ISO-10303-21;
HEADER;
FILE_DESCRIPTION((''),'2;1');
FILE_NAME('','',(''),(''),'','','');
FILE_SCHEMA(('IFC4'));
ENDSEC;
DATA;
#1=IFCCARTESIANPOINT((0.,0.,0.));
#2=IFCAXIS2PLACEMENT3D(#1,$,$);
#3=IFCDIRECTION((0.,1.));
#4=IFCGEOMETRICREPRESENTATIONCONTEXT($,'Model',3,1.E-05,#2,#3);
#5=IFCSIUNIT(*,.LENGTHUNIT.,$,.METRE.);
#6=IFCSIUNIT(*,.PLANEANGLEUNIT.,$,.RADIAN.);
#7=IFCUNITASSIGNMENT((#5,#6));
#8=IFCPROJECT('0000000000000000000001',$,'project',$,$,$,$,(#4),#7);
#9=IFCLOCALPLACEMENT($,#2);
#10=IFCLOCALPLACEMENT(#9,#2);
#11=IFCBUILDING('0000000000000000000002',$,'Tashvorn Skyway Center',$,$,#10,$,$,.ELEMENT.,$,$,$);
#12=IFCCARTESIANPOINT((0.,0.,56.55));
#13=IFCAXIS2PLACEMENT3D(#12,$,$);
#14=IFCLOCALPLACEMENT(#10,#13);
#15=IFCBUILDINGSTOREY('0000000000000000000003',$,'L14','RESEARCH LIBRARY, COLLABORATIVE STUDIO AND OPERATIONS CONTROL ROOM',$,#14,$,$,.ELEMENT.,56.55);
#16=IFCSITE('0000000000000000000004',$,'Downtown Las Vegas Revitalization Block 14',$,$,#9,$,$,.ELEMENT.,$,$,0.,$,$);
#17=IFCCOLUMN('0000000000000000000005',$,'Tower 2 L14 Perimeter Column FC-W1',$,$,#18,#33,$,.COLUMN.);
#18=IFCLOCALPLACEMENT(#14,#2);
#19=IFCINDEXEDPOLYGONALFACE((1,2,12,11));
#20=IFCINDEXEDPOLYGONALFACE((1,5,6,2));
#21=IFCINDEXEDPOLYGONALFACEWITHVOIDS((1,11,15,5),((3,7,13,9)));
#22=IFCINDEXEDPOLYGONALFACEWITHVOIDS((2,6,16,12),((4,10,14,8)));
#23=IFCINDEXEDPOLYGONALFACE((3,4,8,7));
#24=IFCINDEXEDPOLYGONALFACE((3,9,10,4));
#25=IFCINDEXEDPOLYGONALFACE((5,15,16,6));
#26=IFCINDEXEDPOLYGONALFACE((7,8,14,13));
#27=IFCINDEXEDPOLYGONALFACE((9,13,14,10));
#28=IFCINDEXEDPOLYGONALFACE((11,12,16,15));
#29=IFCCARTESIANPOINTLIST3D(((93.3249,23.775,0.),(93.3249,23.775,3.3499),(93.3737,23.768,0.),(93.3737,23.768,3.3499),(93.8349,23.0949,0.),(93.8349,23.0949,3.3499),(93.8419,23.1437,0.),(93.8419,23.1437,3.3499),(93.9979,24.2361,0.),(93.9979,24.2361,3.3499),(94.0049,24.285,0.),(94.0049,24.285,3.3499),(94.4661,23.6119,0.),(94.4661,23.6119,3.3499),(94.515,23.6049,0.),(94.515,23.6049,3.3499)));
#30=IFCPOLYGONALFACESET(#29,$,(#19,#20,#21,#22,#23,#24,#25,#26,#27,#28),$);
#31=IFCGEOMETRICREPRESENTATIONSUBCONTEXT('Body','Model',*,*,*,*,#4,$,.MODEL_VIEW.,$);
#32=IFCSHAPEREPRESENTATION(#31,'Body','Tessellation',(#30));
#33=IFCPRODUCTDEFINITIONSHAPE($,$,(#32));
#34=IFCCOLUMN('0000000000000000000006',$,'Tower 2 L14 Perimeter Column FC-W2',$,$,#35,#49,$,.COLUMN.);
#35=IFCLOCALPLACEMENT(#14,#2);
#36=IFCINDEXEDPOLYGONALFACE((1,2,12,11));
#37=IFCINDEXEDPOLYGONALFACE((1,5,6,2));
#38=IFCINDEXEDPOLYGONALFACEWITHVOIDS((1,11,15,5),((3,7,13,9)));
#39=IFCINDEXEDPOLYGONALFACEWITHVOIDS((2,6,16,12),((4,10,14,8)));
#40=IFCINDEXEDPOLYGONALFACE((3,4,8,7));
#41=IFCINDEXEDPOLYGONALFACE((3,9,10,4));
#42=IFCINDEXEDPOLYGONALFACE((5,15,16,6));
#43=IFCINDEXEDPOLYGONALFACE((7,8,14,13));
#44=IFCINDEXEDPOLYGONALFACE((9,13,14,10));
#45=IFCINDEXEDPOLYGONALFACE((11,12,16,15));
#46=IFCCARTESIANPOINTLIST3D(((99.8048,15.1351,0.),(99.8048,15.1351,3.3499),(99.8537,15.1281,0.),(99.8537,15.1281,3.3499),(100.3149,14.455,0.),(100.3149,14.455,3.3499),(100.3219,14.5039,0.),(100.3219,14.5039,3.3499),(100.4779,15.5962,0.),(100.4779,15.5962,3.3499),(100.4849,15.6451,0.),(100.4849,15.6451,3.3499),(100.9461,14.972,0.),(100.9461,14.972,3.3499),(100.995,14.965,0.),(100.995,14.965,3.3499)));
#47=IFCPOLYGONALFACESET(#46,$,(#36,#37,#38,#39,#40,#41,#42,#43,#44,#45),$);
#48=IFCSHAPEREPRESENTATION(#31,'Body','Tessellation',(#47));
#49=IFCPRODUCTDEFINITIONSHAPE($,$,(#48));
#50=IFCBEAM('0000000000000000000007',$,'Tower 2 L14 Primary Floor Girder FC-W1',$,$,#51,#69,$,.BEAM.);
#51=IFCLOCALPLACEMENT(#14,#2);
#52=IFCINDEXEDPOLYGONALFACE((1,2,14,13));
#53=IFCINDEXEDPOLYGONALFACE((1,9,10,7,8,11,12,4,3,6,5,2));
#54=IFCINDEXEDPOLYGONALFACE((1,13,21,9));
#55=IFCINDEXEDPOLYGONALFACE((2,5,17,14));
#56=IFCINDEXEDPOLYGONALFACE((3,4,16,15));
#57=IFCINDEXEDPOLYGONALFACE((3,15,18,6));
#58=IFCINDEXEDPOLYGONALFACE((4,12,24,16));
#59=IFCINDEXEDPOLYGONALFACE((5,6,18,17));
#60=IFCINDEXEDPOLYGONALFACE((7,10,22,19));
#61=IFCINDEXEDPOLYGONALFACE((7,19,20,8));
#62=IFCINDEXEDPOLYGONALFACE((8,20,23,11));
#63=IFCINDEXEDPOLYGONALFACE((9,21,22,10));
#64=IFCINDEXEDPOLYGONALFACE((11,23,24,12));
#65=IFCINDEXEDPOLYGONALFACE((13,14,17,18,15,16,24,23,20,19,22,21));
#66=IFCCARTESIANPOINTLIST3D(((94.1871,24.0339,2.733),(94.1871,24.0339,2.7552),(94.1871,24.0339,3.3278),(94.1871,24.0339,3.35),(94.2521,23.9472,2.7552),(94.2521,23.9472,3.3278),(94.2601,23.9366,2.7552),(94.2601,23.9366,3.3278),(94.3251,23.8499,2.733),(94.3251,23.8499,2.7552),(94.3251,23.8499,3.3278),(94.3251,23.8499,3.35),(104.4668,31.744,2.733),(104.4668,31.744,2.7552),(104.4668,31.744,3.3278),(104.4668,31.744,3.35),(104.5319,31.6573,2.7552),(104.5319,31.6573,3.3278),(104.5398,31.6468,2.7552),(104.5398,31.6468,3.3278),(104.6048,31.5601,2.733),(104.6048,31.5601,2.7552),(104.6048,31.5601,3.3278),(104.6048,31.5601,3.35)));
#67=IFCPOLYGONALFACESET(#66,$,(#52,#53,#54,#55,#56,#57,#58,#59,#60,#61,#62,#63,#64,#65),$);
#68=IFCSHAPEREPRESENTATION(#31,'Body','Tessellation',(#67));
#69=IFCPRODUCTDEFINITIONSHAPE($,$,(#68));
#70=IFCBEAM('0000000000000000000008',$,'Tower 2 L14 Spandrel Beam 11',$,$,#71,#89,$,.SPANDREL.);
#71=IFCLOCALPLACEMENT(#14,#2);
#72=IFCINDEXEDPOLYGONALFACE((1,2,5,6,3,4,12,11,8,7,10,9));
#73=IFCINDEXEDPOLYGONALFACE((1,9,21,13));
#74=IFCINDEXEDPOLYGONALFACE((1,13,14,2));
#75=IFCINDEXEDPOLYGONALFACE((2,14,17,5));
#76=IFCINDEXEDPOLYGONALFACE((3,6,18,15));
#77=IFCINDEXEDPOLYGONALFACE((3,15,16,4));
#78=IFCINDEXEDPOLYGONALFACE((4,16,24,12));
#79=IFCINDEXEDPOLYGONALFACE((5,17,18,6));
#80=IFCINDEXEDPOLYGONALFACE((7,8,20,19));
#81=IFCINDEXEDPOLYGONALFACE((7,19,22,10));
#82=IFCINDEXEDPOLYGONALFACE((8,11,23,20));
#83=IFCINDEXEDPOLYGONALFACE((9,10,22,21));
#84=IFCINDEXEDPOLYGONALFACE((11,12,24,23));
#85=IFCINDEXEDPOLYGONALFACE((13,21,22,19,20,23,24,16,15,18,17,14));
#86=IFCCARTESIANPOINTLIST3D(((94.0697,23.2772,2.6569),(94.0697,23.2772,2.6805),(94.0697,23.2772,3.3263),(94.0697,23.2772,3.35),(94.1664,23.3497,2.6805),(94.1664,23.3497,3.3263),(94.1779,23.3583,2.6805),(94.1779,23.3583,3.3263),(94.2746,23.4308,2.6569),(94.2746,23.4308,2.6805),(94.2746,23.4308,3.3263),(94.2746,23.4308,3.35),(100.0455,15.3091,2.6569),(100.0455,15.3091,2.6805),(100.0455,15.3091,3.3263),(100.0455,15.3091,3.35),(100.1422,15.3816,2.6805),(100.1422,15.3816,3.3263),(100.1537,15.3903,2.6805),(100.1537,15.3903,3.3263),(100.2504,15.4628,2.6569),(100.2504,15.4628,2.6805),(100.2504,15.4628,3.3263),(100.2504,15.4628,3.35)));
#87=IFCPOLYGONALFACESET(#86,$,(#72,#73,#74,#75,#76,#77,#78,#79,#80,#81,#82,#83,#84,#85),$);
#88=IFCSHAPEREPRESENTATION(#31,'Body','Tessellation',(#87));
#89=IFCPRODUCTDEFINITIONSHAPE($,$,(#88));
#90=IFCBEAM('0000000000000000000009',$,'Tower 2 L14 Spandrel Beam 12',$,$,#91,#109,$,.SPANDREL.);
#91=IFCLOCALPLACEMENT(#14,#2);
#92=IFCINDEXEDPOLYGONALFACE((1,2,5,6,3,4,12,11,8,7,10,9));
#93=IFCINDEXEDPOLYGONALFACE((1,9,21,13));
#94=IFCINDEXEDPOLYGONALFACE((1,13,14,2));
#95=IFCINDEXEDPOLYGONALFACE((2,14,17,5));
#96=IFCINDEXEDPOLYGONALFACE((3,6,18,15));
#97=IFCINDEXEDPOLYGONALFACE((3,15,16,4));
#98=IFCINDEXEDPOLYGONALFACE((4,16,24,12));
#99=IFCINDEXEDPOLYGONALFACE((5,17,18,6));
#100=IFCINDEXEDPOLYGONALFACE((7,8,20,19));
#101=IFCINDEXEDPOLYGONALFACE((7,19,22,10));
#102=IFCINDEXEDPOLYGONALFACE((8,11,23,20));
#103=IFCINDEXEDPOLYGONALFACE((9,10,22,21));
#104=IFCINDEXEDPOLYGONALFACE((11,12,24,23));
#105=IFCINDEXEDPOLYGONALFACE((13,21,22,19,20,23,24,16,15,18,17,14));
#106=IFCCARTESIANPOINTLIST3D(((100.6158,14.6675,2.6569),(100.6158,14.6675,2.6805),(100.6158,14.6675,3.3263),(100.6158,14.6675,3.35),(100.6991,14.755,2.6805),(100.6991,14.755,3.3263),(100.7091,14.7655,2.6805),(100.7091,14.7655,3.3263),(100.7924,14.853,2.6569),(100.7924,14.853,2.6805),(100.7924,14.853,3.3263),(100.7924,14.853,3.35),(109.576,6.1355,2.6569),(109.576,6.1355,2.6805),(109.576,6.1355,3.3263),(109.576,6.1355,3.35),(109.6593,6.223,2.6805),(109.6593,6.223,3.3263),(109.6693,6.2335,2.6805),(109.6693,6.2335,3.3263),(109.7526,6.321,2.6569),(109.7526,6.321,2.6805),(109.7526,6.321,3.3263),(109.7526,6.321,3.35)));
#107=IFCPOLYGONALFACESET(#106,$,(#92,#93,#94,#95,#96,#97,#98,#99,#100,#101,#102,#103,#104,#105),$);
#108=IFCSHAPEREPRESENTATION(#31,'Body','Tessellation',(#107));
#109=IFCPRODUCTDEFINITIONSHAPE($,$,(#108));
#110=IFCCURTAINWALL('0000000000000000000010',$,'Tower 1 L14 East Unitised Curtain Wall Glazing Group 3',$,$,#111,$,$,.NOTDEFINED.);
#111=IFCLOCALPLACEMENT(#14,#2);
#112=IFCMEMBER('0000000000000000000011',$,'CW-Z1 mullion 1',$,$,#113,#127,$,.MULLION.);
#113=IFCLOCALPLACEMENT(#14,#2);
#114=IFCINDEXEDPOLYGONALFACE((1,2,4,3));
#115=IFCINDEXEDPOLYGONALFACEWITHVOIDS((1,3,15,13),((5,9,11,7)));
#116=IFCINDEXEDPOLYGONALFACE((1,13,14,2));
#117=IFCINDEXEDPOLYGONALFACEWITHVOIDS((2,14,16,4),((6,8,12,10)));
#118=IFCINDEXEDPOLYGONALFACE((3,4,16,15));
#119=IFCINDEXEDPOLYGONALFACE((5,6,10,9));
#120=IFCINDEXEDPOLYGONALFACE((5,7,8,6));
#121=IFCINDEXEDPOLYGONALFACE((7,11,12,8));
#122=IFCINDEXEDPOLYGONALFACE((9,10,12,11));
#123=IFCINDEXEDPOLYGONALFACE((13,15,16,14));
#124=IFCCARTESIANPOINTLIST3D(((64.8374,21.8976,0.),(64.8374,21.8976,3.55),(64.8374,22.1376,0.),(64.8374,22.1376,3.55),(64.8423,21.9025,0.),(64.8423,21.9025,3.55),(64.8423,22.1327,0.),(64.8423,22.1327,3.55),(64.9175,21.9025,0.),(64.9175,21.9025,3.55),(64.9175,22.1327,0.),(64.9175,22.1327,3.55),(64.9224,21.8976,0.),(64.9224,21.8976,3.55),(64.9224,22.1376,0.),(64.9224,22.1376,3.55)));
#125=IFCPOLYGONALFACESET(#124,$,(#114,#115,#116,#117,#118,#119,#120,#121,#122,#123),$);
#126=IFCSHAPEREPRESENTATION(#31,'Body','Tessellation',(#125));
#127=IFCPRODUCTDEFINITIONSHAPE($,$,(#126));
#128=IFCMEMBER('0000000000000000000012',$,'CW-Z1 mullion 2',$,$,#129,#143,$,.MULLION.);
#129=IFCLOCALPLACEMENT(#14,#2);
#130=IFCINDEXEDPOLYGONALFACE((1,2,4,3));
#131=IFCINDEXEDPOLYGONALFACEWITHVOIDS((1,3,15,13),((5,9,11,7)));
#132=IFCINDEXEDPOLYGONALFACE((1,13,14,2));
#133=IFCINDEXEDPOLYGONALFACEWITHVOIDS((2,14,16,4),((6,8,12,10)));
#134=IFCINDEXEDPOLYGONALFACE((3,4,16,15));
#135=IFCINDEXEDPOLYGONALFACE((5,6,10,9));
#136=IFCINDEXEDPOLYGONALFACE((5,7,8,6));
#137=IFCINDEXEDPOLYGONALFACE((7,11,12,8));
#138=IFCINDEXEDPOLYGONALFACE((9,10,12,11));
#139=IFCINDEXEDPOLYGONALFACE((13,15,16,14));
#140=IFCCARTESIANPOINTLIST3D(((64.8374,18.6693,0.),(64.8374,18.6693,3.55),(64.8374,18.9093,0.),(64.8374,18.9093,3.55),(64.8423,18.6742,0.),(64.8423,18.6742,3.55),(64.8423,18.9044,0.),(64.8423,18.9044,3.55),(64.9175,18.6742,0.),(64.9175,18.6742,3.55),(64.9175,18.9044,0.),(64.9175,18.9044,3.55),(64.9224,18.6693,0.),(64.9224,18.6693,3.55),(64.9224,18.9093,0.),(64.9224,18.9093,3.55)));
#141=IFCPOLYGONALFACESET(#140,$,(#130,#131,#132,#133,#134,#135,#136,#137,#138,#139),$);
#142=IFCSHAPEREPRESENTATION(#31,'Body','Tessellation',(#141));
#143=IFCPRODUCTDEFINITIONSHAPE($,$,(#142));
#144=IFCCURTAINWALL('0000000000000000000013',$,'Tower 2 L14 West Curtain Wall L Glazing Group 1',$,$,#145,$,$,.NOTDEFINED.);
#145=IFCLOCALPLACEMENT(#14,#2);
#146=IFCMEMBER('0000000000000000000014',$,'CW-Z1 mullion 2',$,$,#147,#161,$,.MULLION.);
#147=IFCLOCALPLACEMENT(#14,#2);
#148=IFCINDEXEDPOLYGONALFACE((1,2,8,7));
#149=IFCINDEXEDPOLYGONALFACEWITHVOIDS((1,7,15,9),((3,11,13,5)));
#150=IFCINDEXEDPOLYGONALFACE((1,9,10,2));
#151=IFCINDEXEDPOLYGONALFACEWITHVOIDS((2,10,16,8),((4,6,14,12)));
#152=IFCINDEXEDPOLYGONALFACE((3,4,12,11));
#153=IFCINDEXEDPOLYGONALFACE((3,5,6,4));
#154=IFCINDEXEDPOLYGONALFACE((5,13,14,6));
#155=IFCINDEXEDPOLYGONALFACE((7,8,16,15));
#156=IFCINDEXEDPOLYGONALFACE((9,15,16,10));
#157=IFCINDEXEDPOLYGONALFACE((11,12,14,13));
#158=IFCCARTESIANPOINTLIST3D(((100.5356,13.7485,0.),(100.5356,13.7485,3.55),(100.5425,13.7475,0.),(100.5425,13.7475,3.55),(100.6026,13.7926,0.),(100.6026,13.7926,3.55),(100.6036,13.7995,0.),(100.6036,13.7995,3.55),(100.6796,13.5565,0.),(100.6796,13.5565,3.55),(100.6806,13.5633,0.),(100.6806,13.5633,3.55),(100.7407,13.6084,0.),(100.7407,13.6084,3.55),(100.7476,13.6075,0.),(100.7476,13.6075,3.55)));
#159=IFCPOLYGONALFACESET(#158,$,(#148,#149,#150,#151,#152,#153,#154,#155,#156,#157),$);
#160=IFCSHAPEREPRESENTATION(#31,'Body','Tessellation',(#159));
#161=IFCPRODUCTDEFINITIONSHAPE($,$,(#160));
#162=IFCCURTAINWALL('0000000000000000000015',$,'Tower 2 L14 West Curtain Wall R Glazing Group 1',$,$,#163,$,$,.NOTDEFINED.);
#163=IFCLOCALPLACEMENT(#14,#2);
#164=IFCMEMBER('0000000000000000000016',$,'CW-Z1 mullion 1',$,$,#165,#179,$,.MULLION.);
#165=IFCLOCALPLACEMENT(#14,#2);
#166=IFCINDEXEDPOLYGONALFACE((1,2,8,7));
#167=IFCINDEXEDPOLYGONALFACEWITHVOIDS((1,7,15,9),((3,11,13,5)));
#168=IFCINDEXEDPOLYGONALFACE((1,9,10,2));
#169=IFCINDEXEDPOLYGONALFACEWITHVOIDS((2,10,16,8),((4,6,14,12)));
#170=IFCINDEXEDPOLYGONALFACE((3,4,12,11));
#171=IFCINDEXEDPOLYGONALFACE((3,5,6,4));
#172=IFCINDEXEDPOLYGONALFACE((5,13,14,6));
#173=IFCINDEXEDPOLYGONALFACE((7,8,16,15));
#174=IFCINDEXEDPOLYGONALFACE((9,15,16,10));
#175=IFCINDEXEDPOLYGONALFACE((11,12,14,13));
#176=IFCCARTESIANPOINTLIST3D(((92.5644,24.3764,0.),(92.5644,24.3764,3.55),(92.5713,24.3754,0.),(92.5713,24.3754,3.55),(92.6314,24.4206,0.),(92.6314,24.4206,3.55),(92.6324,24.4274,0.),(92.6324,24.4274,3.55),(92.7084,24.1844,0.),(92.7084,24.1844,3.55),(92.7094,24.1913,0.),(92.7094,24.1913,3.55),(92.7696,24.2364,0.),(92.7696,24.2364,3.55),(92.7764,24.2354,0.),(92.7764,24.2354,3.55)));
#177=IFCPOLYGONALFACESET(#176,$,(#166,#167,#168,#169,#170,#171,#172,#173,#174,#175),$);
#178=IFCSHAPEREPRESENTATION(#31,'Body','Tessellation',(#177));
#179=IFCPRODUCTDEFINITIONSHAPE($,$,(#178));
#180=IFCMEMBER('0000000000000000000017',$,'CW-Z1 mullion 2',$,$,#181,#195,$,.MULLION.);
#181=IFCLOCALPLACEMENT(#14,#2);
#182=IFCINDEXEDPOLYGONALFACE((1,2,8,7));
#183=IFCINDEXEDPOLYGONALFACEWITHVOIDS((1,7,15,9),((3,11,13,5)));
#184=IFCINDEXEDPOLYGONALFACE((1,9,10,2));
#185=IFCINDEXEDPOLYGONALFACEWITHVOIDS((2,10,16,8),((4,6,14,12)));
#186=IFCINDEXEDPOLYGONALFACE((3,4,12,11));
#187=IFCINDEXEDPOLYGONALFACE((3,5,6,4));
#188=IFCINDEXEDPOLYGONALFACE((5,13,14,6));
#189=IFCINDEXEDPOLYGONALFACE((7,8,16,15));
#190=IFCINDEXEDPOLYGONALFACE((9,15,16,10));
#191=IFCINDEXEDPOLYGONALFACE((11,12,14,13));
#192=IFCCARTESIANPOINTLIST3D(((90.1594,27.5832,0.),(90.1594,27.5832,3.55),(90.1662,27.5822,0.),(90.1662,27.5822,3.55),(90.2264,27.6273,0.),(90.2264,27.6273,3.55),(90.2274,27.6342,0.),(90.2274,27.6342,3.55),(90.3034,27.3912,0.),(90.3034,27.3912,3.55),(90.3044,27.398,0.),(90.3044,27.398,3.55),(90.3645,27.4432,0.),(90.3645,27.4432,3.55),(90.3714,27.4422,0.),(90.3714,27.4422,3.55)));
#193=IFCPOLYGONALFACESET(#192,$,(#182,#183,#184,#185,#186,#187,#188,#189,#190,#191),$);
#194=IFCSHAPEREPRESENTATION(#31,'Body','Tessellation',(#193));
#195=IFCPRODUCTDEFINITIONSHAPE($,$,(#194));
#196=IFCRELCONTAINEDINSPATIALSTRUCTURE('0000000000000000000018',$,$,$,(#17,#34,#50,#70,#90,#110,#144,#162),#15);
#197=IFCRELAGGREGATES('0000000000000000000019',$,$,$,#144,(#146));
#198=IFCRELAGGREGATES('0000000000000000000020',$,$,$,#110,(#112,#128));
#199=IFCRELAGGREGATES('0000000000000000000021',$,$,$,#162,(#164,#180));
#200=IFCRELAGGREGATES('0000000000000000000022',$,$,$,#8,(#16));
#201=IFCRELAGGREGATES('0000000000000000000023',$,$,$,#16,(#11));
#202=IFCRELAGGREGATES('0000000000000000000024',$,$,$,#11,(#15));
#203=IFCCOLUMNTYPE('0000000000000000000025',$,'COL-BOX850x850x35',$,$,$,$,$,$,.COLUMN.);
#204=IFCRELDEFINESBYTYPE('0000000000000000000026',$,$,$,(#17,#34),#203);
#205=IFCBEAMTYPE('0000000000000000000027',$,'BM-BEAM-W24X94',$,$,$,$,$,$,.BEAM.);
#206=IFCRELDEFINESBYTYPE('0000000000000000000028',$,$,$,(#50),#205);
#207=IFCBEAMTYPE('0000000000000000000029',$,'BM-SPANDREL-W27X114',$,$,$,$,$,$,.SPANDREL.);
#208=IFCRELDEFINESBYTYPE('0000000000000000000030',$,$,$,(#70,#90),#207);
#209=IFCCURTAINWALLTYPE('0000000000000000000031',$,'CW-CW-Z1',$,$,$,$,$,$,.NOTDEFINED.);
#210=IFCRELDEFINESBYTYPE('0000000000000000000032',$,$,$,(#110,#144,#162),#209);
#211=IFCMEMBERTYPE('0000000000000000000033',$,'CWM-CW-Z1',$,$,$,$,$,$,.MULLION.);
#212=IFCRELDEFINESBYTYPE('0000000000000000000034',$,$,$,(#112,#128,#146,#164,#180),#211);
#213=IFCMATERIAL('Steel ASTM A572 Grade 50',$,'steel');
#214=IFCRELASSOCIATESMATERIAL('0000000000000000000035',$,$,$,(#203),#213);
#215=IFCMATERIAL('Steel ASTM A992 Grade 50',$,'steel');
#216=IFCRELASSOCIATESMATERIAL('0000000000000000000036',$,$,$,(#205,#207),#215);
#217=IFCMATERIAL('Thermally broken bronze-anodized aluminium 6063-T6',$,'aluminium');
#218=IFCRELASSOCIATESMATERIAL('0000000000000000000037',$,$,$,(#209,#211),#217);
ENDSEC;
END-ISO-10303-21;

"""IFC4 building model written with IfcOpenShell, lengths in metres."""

from ifc_helpers import new_model, si_unit, direction, frame, origin, origin_2d, place, context, subcontext, project, spatial, hollow_rectangle, i_section, extrude, material, material_profile, profile_set, type_object, element, aggregate, save


model = new_model("IFC4")

# Units and contexts
model_context = context("Model", 3, precision=1e-05, world=origin(), true_north=direction((0.0, 1.0)))
body_context = subcontext(model_context, "Body", "Model", "MODEL_VIEW")
ifc_project = project(units=[si_unit("LENGTHUNIT", "METRE"), si_unit("PLANEANGLEUNIT", "RADIAN")], contexts=[model_context])

# Site, building, storey
site_placement = place(None, origin())
site = spatial("IfcSite", under=ifc_project, at=site_placement, Name="Downtown Las Vegas Revitalization Block 14", CompositionType="ELEMENT", RefElevation=0.0)
building_placement = place(site_placement, origin())
building = spatial("IfcBuilding", under=site, at=building_placement, Name="Tashvorn Skyway Center", CompositionType="ELEMENT")
storey_placement = place(building_placement, frame((0.0, 0.0, 56.55)))
storey = spatial("IfcBuildingStorey", under=building, at=storey_placement, Name="L14", Description="RESEARCH LIBRARY, COLLABORATIVE STUDIO AND OPERATIONS CONTROL ROOM", CompositionType="ELEMENT", Elevation=56.55)

# Columns
ifc_material_1 = material(Name="Steel ASTM A572 Grade 50", Category="steel")
ifc_material_profile_1 = material_profile(ifc_material_1, hollow_rectangle(XDim=0.8501, YDim=0.8501, WallThickness=0.0349, at=origin_2d()), Name="BOX850x850x35")
ifc_profile_set_1 = profile_set([ifc_material_profile_1], Name="Steel ASTM A572 Grade 50")
column_type = type_object("IfcColumnType", Name="COL-BOX850x850x35", PredefinedType="COLUMN", material=ifc_profile_set_1)
for number, where, z_axis, x_axis, name in (
    (1, (93.9199, 23.6899, 0.0), (0.0, 0.0, 1.0), (0.8, 0.6, 0.0), "Tower 2 L14 Perimeter Column FC-W1"),
    (2, (100.3999, 15.05, 0.0), (0.0, 0.0, 1.0), (0.8, 0.6, 0.0), "Tower 2 L14 Perimeter Column FC-W2"),
):
    element("IfcColumn", number, at=place(storey_placement, frame(where, z_axis=z_axis, x_axis=x_axis)), inside=storey, type_object=column_type, Name=name, PredefinedType="COLUMN", context=body_context, shape_type="SweptSolid", body=[
        extrude(hollow_rectangle(XDim=0.8501, YDim=0.8501, WallThickness=0.0349, at=origin_2d()), origin(), (0.0, 0.0, 1.0), 3.3499),
    ])

# Beams
ifc_material_2 = material(Name="Steel ASTM A992 Grade 50", Category="steel")
ifc_material_profile_2 = material_profile(ifc_material_2, i_section(OverallWidth=0.23, OverallDepth=0.6169, WebThickness=0.0132, FlangeThickness=0.0222, at=origin_2d()), Name="W24X94")
ifc_profile_set_2 = profile_set([ifc_material_profile_2], Name="Steel ASTM A992 Grade 50")
beam_type_1 = type_object("IfcBeamType", Name="BM-BEAM-W24X94", PredefinedType="BEAM", material=ifc_profile_set_2)
beam_1_placement = place(storey_placement, frame((94.2561, 23.9419, 3.0415), z_axis=(0.799986, 0.600018, 0.0), x_axis=(-0.600018, 0.799986, 0.0)))
element("IfcBeam", 3, at=beam_1_placement, inside=storey, type_object=beam_type_1, Name="Tower 2 L14 Primary Floor Girder FC-W1", PredefinedType="BEAM", context=body_context, shape_type="SweptSolid", body=[
    extrude(i_section(OverallWidth=0.23, OverallDepth=0.6169, WebThickness=0.0132, FlangeThickness=0.0222, at=origin_2d()), origin(), (0.0, 0.0, 1.0), 12.8499),
])
ifc_material_profile_3 = material_profile(ifc_material_2, i_section(OverallWidth=0.2561, OverallDepth=0.6931, WebThickness=0.0144, FlangeThickness=0.0237, at=origin_2d()), Name="W27X114")
ifc_profile_set_3 = profile_set([ifc_material_profile_3], Name="Steel ASTM A992 Grade 50")
beam_type_2 = type_object("IfcBeamType", Name="BM-SPANDREL-W27X114", PredefinedType="SPANDREL", material=ifc_profile_set_3)
beam_2_placement = place(storey_placement, frame((94.1721, 23.354, 3.0034), z_axis=(0.599988, -0.800009, 0.0), x_axis=(0.800009, 0.599988, 0.0)))
element("IfcBeam", 4, at=beam_2_placement, inside=storey, type_object=beam_type_2, Name="Tower 2 L14 Spandrel Beam 11", PredefinedType="SPANDREL", context=body_context, shape_type="SweptSolid", body=[
    extrude(i_section(OverallWidth=0.2561, OverallDepth=0.6931, WebThickness=0.0144, FlangeThickness=0.0237, at=origin_2d()), origin(), (0.0, 0.0, 1.0), 9.96),
])
beam_3_placement = place(storey_placement, frame((100.7041, 14.7603, 3.0034), z_axis=(0.7242, -0.68959, 0.0), x_axis=(0.68959, 0.7242, 0.0)))
element("IfcBeam", 5, at=beam_3_placement, inside=storey, type_object=beam_type_2, Name="Tower 2 L14 Spandrel Beam 12", PredefinedType="SPANDREL", context=body_context, shape_type="SweptSolid", body=[
    extrude(i_section(OverallWidth=0.2561, OverallDepth=0.6931, WebThickness=0.0144, FlangeThickness=0.0237, at=origin_2d()), origin(), (0.0, 0.0, 1.0), 12.3726),
])

# Curtain wall, members
ifc_material_3 = material(Name="Thermally broken bronze-anodized aluminium 6063-T6", Category="aluminium")
curtain_wall_type = type_object("IfcCurtainWallType", Name="CW-CW-Z1", PredefinedType="NOTDEFINED", material=ifc_material_3)
curtain_wall_1_placement = place(storey_placement, origin())
curtain_wall_1 = element("IfcCurtainWall", 6, at=curtain_wall_1_placement, inside=storey, type_object=curtain_wall_type, Name="Tower 1 L14 East Unitised Curtain Wall Glazing Group 3", PredefinedType="NOTDEFINED")
ifc_material_profile_4 = material_profile(ifc_material_3, hollow_rectangle(XDim=0.085, YDim=0.24, WallThickness=0.0049, at=origin_2d()), Name="ALU-MULL-85x240")
ifc_profile_set_4 = profile_set([ifc_material_profile_4], Name="Thermally broken bronze-anodized aluminium 6063-T6")
member_type_1 = type_object("IfcMemberType", Name="CWM-CW-Z1", PredefinedType="MULLION", material=ifc_profile_set_4)
member_1_placement = place(storey_placement, frame((64.8799, 22.0176, 0.0), z_axis=(0.0, 0.0, 1.0), x_axis=(1.0, 0.0, 0.0)))
member_1 = element("IfcMember", 7, at=member_1_placement, type_object=member_type_1, Name="CW-Z1 mullion 1", PredefinedType="MULLION", context=body_context, shape_type="SweptSolid", body=[
    extrude(hollow_rectangle(XDim=0.085, YDim=0.24, WallThickness=0.0049, at=origin_2d()), origin(), (0.0, 0.0, 1.0), 3.55),
])
member_2_placement = place(storey_placement, frame((64.8799, 18.7893, 0.0), z_axis=(0.0, 0.0, 1.0), x_axis=(1.0, 0.0, 0.0)))
member_2 = element("IfcMember", 8, at=member_2_placement, type_object=member_type_1, Name="CW-Z1 mullion 2", PredefinedType="MULLION", context=body_context, shape_type="SweptSolid", body=[
    extrude(hollow_rectangle(XDim=0.085, YDim=0.24, WallThickness=0.0049, at=origin_2d()), origin(), (0.0, 0.0, 1.0), 3.55),
])

# Curtain wall, member
curtain_wall_2_placement = place(storey_placement, origin())
curtain_wall_2 = element("IfcCurtainWall", 9, at=curtain_wall_2_placement, inside=storey, type_object=curtain_wall_type, Name="Tower 2 L14 West Curtain Wall L Glazing Group 1", PredefinedType="NOTDEFINED")
member_3_placement = place(storey_placement, frame((100.6416, 13.678, 0.0), z_axis=(0.0, 0.0, 1.0), x_axis=(-0.800003, -0.599996, 0.0)))
member_3 = element("IfcMember", 10, at=member_3_placement, type_object=member_type_1, Name="CW-Z1 mullion 2", PredefinedType="MULLION", context=body_context, shape_type="SweptSolid", body=[
    extrude(hollow_rectangle(XDim=0.085, YDim=0.24, WallThickness=0.0049, at=origin_2d()), origin(), (0.0, 0.0, 1.0), 3.55),
])
aggregate(curtain_wall_2, [member_3])

# Curtain wall, members
curtain_wall_3_placement = place(storey_placement, origin())
curtain_wall_3 = element("IfcCurtainWall", 11, at=curtain_wall_3_placement, inside=storey, type_object=curtain_wall_type, Name="Tower 2 L14 West Curtain Wall R Glazing Group 1", PredefinedType="NOTDEFINED")
member_4_placement = place(storey_placement, frame((92.6704, 24.3059, 0.0), z_axis=(0.0, 0.0, 1.0), x_axis=(-0.800003, -0.599996, 0.0)))
member_4 = element("IfcMember", 12, at=member_4_placement, type_object=member_type_1, Name="CW-Z1 mullion 1", PredefinedType="MULLION", context=body_context, shape_type="SweptSolid", body=[
    extrude(hollow_rectangle(XDim=0.085, YDim=0.24, WallThickness=0.0049, at=origin_2d()), origin(), (0.0, 0.0, 1.0), 3.55),
])
member_5_placement = place(storey_placement, frame((90.2654, 27.5127, 0.0), z_axis=(0.0, 0.0, 1.0), x_axis=(-0.800003, -0.599996, 0.0)))
member_5 = element("IfcMember", 13, at=member_5_placement, type_object=member_type_1, Name="CW-Z1 mullion 2", PredefinedType="MULLION", context=body_context, shape_type="SweptSolid", body=[
    extrude(hollow_rectangle(XDim=0.085, YDim=0.24, WallThickness=0.0049, at=origin_2d()), origin(), (0.0, 0.0, 1.0), 3.55),
])

aggregate(curtain_wall_1, [member_1, member_2])
aggregate(curtain_wall_3, [member_4, member_5])

save(model, "model.ifc")
